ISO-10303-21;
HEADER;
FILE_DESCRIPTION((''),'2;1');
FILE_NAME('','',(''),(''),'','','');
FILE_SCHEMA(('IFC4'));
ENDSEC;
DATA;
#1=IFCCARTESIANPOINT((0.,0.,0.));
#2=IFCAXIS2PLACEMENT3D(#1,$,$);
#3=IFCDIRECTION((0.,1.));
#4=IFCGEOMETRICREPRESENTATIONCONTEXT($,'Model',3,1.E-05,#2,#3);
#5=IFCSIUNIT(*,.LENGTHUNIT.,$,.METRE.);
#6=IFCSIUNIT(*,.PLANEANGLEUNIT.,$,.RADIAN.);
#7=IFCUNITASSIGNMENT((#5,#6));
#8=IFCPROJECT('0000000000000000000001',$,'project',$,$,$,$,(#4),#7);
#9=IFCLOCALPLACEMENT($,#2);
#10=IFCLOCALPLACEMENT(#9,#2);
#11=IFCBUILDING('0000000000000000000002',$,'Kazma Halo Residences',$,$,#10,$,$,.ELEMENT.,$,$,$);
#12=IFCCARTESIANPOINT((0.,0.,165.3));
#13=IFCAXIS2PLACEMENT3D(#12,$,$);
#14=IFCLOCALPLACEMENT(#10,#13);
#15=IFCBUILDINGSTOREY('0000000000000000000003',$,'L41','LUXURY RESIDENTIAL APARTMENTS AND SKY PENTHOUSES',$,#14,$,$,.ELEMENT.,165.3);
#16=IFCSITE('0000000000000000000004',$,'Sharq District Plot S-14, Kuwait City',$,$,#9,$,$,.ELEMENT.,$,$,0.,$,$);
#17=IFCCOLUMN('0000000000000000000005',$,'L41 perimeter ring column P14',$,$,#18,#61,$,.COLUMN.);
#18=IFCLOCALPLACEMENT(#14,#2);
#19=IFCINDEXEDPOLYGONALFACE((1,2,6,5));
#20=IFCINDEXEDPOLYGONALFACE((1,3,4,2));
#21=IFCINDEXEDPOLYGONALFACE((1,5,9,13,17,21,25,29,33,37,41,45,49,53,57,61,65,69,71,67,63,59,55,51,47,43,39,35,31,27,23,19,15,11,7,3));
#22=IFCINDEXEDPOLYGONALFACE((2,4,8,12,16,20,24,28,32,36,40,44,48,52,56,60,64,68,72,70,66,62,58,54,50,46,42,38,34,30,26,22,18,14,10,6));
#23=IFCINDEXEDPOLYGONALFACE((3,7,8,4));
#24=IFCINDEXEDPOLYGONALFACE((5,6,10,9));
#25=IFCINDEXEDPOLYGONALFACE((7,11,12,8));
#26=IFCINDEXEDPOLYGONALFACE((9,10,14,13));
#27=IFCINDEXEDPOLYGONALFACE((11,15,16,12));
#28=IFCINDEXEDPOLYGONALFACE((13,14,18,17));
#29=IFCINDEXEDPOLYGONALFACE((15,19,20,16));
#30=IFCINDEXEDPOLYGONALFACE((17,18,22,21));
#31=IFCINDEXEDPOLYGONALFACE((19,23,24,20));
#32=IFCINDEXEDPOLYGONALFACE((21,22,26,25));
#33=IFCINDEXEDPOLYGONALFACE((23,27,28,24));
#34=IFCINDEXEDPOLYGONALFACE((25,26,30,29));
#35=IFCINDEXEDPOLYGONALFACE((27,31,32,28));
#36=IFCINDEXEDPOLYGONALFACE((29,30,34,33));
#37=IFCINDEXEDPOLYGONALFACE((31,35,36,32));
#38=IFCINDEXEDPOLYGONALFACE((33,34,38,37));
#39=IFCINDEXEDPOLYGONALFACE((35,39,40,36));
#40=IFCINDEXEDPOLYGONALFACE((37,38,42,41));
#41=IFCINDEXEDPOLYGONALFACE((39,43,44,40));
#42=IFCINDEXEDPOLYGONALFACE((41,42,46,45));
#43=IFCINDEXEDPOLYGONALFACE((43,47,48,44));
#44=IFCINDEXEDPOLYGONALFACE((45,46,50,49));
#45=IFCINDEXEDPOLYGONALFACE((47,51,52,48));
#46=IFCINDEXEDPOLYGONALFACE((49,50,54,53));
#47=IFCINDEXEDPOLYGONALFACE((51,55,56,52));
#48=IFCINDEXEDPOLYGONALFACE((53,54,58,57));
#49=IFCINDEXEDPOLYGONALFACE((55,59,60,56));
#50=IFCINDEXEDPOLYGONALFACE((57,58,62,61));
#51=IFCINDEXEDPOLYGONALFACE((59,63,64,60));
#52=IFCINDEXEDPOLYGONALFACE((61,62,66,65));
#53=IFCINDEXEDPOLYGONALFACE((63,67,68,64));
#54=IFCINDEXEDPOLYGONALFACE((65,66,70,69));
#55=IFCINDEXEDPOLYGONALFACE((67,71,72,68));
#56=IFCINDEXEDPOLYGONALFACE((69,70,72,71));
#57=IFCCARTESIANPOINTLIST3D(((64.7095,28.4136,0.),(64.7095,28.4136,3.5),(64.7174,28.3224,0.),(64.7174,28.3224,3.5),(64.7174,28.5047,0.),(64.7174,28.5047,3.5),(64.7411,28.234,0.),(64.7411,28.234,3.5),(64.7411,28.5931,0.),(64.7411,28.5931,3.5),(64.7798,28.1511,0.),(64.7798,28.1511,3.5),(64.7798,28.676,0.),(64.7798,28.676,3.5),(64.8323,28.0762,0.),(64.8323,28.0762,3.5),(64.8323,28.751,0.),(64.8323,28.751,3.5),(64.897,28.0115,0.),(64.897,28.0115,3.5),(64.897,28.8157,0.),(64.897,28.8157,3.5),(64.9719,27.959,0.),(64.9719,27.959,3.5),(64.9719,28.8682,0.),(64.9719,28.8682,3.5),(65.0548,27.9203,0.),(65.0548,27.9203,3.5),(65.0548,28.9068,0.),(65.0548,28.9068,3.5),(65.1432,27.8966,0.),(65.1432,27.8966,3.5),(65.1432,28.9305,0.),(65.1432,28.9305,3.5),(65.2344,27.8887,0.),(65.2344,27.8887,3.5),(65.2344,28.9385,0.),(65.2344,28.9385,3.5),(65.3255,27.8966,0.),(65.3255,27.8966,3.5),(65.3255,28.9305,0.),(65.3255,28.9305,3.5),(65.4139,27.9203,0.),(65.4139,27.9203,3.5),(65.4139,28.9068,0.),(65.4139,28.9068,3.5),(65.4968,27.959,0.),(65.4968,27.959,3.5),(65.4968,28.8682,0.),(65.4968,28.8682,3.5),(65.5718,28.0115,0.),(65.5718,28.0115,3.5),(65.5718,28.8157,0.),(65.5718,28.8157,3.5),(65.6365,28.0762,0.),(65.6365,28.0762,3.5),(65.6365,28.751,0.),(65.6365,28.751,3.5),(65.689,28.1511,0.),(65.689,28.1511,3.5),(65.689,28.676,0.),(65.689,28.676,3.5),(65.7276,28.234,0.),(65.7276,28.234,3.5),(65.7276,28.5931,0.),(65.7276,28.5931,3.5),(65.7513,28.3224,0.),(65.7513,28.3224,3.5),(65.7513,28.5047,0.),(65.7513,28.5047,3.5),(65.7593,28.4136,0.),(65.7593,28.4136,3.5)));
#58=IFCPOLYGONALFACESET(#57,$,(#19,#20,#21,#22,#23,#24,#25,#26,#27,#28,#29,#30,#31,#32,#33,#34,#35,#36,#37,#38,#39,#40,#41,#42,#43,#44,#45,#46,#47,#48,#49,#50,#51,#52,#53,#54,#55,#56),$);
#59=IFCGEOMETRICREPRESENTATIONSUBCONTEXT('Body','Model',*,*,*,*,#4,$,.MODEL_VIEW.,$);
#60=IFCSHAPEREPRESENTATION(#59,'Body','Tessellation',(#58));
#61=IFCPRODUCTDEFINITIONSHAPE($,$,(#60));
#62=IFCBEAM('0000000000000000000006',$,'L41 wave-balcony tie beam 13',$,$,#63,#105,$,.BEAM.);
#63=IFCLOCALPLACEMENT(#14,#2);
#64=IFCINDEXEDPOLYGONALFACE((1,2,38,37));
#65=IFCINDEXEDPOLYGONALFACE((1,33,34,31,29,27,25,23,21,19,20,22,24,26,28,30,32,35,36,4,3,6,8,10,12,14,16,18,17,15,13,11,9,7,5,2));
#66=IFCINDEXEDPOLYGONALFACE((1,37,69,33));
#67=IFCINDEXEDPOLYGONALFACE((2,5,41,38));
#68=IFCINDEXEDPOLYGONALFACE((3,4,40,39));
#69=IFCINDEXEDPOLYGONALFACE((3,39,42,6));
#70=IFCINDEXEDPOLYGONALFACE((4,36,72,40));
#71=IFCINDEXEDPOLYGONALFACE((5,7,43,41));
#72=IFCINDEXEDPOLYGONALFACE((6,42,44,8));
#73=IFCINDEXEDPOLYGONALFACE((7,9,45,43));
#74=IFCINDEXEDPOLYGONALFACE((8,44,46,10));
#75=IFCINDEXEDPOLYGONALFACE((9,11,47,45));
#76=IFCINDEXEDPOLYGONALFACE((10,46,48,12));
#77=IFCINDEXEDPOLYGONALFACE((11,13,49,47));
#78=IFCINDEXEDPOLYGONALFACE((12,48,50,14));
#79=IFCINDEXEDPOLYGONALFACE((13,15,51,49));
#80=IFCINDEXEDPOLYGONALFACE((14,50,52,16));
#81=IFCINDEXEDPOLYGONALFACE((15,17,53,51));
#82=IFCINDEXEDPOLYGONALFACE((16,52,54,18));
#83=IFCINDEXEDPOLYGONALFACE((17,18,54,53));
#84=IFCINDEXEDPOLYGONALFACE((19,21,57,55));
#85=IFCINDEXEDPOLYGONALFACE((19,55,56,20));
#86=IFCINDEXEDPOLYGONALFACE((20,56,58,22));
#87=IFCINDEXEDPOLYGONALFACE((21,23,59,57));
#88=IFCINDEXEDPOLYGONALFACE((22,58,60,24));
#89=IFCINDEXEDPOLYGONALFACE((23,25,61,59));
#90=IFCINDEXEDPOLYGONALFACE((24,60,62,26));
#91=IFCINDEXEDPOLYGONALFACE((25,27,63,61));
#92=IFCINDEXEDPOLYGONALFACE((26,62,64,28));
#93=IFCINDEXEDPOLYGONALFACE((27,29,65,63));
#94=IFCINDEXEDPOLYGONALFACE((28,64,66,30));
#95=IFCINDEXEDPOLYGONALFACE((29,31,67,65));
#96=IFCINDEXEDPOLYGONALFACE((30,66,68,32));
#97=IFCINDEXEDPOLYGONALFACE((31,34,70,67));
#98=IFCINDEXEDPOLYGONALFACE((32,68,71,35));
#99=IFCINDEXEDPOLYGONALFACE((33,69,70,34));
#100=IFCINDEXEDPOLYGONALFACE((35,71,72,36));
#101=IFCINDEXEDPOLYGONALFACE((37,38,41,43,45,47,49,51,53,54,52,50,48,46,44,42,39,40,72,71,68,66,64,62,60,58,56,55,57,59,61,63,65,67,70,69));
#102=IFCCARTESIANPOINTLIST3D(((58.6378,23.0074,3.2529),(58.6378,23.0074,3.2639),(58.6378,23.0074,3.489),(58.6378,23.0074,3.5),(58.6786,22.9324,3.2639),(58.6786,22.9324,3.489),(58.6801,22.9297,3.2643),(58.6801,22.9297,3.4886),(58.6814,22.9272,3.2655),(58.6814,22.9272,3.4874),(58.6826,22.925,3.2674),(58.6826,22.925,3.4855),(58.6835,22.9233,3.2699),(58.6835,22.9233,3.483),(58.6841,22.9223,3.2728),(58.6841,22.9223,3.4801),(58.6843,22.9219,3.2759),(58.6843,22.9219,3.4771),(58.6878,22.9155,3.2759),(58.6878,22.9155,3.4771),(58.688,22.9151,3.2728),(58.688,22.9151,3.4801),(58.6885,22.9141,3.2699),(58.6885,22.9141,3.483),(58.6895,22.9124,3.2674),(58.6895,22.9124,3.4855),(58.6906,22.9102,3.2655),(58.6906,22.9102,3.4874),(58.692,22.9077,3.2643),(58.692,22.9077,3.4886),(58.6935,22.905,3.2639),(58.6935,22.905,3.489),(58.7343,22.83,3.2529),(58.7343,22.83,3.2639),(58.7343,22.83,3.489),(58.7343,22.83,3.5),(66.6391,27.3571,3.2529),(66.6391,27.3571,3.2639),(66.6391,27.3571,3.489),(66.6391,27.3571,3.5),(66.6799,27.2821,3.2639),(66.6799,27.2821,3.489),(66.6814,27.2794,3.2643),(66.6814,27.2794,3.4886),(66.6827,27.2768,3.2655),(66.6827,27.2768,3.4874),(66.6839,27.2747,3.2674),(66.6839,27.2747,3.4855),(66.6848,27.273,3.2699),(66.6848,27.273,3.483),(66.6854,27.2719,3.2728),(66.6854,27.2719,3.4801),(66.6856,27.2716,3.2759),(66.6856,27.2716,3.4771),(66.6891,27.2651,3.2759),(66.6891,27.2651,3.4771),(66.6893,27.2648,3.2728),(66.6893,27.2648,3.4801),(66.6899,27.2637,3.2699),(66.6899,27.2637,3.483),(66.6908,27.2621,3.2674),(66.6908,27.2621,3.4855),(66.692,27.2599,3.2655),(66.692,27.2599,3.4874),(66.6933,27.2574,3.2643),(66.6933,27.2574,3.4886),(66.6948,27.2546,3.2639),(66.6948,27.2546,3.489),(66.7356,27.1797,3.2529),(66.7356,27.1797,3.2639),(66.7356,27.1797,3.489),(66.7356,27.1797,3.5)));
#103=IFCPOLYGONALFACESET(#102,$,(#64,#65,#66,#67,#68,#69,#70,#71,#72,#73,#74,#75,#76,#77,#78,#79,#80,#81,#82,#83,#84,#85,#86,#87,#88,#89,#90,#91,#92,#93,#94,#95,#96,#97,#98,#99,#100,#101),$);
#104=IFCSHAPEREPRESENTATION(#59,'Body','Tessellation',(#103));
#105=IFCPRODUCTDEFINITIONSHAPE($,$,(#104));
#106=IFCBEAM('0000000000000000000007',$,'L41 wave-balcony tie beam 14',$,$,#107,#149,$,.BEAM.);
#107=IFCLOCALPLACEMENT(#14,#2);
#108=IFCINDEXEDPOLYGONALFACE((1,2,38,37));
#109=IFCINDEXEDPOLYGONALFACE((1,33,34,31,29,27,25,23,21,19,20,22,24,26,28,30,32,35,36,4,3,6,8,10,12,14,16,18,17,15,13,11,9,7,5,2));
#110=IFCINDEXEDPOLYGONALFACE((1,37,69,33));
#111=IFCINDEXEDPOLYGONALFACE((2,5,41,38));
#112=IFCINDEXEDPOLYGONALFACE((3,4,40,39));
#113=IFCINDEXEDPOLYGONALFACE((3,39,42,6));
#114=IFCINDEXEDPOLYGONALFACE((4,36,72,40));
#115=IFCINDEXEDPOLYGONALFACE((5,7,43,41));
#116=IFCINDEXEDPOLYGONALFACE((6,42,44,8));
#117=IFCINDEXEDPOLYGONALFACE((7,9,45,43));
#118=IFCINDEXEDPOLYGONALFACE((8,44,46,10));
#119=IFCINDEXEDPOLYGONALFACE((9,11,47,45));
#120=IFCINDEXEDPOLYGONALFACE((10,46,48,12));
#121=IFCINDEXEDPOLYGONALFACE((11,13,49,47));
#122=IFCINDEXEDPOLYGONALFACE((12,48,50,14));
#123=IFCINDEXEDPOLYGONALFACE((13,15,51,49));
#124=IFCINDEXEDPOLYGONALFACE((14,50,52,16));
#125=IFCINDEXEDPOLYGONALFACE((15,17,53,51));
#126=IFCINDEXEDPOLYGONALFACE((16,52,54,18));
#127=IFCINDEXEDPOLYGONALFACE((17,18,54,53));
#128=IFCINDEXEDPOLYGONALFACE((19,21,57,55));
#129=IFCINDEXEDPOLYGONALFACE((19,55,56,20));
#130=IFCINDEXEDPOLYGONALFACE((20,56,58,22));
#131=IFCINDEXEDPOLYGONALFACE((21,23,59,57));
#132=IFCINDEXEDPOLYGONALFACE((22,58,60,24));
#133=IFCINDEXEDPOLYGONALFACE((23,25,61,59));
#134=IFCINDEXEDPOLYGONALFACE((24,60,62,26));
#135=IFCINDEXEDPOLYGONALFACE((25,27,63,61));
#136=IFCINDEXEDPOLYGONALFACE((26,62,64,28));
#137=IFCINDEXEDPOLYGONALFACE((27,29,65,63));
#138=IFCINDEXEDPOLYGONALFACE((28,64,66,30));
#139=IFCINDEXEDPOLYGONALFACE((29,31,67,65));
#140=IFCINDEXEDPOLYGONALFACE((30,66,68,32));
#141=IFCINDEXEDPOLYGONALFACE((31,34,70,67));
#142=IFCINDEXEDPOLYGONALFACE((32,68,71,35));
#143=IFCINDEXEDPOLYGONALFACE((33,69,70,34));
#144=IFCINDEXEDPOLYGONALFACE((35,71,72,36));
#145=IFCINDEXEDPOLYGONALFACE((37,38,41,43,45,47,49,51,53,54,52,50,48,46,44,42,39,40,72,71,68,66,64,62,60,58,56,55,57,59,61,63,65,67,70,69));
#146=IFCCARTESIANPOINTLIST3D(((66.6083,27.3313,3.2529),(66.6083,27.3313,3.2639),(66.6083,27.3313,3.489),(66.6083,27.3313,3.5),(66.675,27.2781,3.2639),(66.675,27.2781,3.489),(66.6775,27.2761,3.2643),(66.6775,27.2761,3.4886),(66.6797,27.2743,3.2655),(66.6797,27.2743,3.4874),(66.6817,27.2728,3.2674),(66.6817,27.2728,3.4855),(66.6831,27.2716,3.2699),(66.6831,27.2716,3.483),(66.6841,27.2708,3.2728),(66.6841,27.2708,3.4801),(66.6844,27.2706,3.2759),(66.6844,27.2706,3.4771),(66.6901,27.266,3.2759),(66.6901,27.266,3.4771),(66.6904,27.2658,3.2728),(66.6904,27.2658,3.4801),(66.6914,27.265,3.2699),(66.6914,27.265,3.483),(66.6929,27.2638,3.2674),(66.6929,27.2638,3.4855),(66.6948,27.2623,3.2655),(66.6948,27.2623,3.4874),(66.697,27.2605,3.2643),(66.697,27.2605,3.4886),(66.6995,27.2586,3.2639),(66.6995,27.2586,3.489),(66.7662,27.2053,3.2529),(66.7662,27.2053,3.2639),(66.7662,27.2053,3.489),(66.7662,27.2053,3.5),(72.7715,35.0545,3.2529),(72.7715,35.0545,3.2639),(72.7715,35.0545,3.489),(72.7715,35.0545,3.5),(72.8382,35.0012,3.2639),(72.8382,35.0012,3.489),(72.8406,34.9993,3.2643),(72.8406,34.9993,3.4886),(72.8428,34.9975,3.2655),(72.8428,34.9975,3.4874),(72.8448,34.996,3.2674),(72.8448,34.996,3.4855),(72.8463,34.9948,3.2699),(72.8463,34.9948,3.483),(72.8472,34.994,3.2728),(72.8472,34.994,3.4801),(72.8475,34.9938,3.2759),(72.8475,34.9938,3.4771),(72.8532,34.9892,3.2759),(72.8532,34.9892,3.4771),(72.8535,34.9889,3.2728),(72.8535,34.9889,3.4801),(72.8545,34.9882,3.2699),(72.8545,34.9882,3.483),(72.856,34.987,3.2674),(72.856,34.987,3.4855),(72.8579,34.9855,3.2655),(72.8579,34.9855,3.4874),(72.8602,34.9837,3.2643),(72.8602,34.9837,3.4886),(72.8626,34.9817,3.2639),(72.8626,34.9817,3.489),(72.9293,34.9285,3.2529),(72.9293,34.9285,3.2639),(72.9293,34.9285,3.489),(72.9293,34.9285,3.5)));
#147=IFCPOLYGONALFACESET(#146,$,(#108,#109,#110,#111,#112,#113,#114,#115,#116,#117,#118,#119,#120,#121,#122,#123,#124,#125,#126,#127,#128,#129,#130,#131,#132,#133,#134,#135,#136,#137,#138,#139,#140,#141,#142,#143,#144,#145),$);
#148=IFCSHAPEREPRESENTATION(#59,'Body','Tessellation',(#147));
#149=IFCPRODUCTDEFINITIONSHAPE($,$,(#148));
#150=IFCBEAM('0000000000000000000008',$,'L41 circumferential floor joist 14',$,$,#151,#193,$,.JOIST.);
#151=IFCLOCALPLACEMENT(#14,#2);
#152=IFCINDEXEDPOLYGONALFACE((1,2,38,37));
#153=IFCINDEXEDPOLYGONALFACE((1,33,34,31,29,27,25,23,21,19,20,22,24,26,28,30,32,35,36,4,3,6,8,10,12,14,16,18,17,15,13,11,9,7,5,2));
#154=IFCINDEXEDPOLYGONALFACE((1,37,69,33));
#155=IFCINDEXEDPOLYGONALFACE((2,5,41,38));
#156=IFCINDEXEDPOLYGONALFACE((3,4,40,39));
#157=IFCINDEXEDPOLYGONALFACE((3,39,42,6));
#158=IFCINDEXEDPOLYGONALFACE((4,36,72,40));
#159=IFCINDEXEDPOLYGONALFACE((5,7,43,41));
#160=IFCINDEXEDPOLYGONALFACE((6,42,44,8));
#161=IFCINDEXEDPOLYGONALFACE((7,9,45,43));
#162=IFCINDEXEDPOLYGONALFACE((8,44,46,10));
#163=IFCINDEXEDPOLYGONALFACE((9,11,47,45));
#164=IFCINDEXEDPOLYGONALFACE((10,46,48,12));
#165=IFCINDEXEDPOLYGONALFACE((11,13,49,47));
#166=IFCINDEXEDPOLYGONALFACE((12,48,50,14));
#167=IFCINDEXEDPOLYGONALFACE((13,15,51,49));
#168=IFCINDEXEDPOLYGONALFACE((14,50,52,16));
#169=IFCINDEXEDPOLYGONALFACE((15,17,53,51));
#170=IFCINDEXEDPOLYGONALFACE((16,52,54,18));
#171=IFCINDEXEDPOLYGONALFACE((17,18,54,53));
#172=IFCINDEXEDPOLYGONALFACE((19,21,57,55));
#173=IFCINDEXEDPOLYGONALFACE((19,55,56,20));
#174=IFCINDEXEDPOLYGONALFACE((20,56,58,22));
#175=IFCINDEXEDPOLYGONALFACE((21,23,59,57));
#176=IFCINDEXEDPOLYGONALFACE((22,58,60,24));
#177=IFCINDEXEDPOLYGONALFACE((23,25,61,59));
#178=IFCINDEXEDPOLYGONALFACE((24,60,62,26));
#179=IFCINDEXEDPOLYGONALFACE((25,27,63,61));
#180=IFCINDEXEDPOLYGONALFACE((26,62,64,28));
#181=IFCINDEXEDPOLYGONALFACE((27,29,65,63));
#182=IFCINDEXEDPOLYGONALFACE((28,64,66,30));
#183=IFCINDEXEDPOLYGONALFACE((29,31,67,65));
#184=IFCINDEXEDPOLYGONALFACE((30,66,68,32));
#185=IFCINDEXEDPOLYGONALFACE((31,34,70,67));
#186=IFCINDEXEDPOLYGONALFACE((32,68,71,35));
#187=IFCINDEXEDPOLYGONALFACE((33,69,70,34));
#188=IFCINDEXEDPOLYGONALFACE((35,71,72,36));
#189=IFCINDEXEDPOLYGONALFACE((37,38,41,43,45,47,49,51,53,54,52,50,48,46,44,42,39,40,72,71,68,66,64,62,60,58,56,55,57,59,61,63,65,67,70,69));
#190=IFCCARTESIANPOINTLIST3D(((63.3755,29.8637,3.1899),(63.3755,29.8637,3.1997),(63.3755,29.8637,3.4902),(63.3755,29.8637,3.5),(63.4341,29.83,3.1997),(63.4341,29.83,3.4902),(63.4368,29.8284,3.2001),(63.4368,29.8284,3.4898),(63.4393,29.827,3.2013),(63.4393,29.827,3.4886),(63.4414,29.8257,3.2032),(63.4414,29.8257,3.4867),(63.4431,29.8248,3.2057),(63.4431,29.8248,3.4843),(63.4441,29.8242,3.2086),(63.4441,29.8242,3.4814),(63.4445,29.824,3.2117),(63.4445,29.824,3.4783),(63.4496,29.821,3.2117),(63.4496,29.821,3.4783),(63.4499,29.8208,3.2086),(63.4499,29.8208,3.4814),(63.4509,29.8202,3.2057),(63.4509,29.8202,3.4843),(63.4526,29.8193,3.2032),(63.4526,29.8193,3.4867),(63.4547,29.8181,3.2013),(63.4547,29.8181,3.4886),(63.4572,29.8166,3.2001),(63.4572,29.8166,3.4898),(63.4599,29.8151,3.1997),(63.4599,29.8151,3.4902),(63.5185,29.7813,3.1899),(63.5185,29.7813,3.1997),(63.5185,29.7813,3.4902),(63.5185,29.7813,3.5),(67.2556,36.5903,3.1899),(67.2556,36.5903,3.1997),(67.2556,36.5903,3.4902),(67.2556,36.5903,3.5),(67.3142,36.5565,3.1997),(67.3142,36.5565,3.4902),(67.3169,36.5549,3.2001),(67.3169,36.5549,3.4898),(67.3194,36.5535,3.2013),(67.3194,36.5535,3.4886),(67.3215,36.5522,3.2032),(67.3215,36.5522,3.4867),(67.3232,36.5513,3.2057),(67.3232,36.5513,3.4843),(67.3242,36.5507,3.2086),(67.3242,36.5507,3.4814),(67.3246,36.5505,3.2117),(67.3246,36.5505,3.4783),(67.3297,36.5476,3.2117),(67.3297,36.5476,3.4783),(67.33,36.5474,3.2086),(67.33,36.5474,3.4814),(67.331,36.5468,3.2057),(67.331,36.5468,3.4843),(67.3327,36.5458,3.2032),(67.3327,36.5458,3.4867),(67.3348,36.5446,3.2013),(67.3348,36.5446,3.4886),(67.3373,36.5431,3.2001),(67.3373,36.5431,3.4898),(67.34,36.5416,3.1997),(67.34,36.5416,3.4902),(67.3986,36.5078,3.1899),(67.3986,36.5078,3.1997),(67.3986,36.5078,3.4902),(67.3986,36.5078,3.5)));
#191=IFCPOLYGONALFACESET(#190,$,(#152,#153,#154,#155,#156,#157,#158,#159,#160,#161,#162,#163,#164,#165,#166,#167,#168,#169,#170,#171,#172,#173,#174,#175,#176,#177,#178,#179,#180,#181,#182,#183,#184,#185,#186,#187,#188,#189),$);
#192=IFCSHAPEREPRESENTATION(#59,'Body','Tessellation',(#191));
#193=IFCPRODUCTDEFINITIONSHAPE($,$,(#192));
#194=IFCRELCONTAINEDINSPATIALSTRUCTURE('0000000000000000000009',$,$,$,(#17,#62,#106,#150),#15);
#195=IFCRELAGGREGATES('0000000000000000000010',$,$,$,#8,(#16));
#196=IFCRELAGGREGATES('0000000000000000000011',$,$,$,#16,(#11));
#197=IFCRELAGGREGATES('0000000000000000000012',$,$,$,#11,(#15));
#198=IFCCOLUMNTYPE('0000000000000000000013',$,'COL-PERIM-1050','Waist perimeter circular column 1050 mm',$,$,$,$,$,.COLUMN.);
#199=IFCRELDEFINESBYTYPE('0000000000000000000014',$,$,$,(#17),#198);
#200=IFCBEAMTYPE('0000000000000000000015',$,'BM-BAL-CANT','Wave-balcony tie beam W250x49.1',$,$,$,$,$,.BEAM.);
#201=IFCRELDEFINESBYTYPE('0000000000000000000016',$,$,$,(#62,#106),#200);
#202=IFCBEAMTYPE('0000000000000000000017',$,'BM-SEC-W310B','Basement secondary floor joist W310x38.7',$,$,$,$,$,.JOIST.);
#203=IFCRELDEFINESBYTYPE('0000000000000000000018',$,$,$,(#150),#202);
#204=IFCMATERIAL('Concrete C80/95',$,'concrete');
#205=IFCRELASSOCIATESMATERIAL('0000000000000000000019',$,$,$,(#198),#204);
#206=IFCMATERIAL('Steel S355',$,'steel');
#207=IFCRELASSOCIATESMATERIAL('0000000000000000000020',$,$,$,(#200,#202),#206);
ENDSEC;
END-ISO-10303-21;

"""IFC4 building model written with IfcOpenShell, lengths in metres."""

from ifc_helpers import new_model, si_unit, direction, frame, origin, origin_2d, place, context, subcontext, project, spatial, circle, i_section, extrude, material, material_profile, profile_set, type_object, element, save


model = new_model("IFC4")

# Units and contexts
model_context = context("Model", 3, precision=1e-05, world=origin(), true_north=direction((0.0, 1.0)))
body_context = subcontext(model_context, "Body", "Model", "MODEL_VIEW")
ifc_project = project(units=[si_unit("LENGTHUNIT", "METRE"), si_unit("PLANEANGLEUNIT", "RADIAN")], contexts=[model_context])

# Site, building, storey
site_placement = place(None, origin())
site = spatial("IfcSite", under=ifc_project, at=site_placement, Name="Sharq District Plot S-14, Kuwait City", CompositionType="ELEMENT", RefElevation=0.0)
building_placement = place(site_placement, origin())
building = spatial("IfcBuilding", under=site, at=building_placement, Name="Kazma Halo Residences", CompositionType="ELEMENT")
storey_placement = place(building_placement, frame((0.0, 0.0, 165.3)))
storey = spatial("IfcBuildingStorey", under=building, at=storey_placement, Name="L41", Description="LUXURY RESIDENTIAL APARTMENTS AND SKY PENTHOUSES", CompositionType="ELEMENT", Elevation=165.3)

# Column
ifc_material_1 = material(Name="Concrete C80/95", Category="concrete")
ifc_material_profile_1 = material_profile(ifc_material_1, circle(Radius=0.5249, at=origin_2d()), Name="CIRC1050")
ifc_profile_set_1 = profile_set([ifc_material_profile_1], Name="Concrete C80/95")
column_type = type_object("IfcColumnType", Name="COL-PERIM-1050", Description="Waist perimeter circular column 1050 mm", PredefinedType="COLUMN", material=ifc_profile_set_1)
column_placement = place(storey_placement, frame((65.2344, 28.4136, 0.0), z_axis=(0.0, 0.0, 1.0), x_axis=(1.0, 0.0, 0.0)))
element("IfcColumn", 1, at=column_placement, inside=storey, type_object=column_type, Name="L41 perimeter ring column P14", PredefinedType="COLUMN", context=body_context, shape_type="SweptSolid", body=[
    extrude(circle(Radius=0.5249, at=origin_2d()), origin(), (0.0, 0.0, 1.0), 3.5),
])

# Beams
ifc_material_2 = material(Name="Steel S355", Category="steel")
ifc_material_profile_2 = material_profile(ifc_material_2, i_section(OverallWidth=0.2019, OverallDepth=0.2471, WebThickness=0.0073, FlangeThickness=0.011, FilletRadius=0.012, at=origin_2d()), Name="W250x49.1")
ifc_profile_set_2 = profile_set([ifc_material_profile_2], Name="Steel S355")
beam_type_1 = type_object("IfcBeamType", Name="BM-BAL-CANT", Description="Wave-balcony tie beam W250x49.1", PredefinedType="BEAM", material=ifc_profile_set_2)
beam_1_placement = place(storey_placement, frame((58.686, 22.9187, 3.3765), z_axis=(0.878573, 0.477608, 0.0), x_axis=(-0.477608, 0.878573, 0.0)))
element("IfcBeam", 2, at=beam_1_placement, inside=storey, type_object=beam_type_1, Name="L41 wave-balcony tie beam 13", PredefinedType="BEAM", context=body_context, shape_type="SweptSolid", body=[
    extrude(i_section(OverallWidth=0.2019, OverallDepth=0.2471, WebThickness=0.0073, FlangeThickness=0.011, FilletRadius=0.012, at=origin_2d()), origin(), (0.0, 0.0, 1.0), 9.1072),
])
beam_2_placement = place(storey_placement, frame((66.6873, 27.2683, 3.3765), z_axis=(0.623742, 0.78163, 0.0), x_axis=(-0.78163, 0.623742, 0.0)))
element("IfcBeam", 3, at=beam_2_placement, inside=storey, type_object=beam_type_1, Name="L41 wave-balcony tie beam 14", PredefinedType="BEAM", context=body_context, shape_type="SweptSolid", body=[
    extrude(i_section(OverallWidth=0.2019, OverallDepth=0.2471, WebThickness=0.0073, FlangeThickness=0.011, FilletRadius=0.012, at=origin_2d()), origin(), (0.0, 0.0, 1.0), 9.8809),
])
ifc_material_profile_3 = material_profile(ifc_material_2, i_section(OverallWidth=0.165, OverallDepth=0.3101, WebThickness=0.0059, FlangeThickness=0.0098, FilletRadius=0.012, at=origin_2d()), Name="W310x38.7")
ifc_profile_set_3 = profile_set([ifc_material_profile_3], Name="Steel S355")
beam_type_2 = type_object("IfcBeamType", Name="BM-SEC-W310B", Description="Basement secondary floor joist W310x38.7", PredefinedType="JOIST", material=ifc_profile_set_3)
beam_3_placement = place(storey_placement, frame((63.447, 29.8225, 3.345), z_axis=(0.499666, 0.866218, 0.0), x_axis=(-0.866218, 0.499666, 0.0)))
element("IfcBeam", 4, at=beam_3_placement, inside=storey, type_object=beam_type_2, Name="L41 circumferential floor joist 14", PredefinedType="JOIST", context=body_context, shape_type="SweptSolid", body=[
    extrude(i_section(OverallWidth=0.165, OverallDepth=0.3101, WebThickness=0.0059, FlangeThickness=0.0098, FilletRadius=0.012, at=origin_2d()), origin(), (0.0, 0.0, 1.0), 7.7654),
])

save(model, "model.ifc")
